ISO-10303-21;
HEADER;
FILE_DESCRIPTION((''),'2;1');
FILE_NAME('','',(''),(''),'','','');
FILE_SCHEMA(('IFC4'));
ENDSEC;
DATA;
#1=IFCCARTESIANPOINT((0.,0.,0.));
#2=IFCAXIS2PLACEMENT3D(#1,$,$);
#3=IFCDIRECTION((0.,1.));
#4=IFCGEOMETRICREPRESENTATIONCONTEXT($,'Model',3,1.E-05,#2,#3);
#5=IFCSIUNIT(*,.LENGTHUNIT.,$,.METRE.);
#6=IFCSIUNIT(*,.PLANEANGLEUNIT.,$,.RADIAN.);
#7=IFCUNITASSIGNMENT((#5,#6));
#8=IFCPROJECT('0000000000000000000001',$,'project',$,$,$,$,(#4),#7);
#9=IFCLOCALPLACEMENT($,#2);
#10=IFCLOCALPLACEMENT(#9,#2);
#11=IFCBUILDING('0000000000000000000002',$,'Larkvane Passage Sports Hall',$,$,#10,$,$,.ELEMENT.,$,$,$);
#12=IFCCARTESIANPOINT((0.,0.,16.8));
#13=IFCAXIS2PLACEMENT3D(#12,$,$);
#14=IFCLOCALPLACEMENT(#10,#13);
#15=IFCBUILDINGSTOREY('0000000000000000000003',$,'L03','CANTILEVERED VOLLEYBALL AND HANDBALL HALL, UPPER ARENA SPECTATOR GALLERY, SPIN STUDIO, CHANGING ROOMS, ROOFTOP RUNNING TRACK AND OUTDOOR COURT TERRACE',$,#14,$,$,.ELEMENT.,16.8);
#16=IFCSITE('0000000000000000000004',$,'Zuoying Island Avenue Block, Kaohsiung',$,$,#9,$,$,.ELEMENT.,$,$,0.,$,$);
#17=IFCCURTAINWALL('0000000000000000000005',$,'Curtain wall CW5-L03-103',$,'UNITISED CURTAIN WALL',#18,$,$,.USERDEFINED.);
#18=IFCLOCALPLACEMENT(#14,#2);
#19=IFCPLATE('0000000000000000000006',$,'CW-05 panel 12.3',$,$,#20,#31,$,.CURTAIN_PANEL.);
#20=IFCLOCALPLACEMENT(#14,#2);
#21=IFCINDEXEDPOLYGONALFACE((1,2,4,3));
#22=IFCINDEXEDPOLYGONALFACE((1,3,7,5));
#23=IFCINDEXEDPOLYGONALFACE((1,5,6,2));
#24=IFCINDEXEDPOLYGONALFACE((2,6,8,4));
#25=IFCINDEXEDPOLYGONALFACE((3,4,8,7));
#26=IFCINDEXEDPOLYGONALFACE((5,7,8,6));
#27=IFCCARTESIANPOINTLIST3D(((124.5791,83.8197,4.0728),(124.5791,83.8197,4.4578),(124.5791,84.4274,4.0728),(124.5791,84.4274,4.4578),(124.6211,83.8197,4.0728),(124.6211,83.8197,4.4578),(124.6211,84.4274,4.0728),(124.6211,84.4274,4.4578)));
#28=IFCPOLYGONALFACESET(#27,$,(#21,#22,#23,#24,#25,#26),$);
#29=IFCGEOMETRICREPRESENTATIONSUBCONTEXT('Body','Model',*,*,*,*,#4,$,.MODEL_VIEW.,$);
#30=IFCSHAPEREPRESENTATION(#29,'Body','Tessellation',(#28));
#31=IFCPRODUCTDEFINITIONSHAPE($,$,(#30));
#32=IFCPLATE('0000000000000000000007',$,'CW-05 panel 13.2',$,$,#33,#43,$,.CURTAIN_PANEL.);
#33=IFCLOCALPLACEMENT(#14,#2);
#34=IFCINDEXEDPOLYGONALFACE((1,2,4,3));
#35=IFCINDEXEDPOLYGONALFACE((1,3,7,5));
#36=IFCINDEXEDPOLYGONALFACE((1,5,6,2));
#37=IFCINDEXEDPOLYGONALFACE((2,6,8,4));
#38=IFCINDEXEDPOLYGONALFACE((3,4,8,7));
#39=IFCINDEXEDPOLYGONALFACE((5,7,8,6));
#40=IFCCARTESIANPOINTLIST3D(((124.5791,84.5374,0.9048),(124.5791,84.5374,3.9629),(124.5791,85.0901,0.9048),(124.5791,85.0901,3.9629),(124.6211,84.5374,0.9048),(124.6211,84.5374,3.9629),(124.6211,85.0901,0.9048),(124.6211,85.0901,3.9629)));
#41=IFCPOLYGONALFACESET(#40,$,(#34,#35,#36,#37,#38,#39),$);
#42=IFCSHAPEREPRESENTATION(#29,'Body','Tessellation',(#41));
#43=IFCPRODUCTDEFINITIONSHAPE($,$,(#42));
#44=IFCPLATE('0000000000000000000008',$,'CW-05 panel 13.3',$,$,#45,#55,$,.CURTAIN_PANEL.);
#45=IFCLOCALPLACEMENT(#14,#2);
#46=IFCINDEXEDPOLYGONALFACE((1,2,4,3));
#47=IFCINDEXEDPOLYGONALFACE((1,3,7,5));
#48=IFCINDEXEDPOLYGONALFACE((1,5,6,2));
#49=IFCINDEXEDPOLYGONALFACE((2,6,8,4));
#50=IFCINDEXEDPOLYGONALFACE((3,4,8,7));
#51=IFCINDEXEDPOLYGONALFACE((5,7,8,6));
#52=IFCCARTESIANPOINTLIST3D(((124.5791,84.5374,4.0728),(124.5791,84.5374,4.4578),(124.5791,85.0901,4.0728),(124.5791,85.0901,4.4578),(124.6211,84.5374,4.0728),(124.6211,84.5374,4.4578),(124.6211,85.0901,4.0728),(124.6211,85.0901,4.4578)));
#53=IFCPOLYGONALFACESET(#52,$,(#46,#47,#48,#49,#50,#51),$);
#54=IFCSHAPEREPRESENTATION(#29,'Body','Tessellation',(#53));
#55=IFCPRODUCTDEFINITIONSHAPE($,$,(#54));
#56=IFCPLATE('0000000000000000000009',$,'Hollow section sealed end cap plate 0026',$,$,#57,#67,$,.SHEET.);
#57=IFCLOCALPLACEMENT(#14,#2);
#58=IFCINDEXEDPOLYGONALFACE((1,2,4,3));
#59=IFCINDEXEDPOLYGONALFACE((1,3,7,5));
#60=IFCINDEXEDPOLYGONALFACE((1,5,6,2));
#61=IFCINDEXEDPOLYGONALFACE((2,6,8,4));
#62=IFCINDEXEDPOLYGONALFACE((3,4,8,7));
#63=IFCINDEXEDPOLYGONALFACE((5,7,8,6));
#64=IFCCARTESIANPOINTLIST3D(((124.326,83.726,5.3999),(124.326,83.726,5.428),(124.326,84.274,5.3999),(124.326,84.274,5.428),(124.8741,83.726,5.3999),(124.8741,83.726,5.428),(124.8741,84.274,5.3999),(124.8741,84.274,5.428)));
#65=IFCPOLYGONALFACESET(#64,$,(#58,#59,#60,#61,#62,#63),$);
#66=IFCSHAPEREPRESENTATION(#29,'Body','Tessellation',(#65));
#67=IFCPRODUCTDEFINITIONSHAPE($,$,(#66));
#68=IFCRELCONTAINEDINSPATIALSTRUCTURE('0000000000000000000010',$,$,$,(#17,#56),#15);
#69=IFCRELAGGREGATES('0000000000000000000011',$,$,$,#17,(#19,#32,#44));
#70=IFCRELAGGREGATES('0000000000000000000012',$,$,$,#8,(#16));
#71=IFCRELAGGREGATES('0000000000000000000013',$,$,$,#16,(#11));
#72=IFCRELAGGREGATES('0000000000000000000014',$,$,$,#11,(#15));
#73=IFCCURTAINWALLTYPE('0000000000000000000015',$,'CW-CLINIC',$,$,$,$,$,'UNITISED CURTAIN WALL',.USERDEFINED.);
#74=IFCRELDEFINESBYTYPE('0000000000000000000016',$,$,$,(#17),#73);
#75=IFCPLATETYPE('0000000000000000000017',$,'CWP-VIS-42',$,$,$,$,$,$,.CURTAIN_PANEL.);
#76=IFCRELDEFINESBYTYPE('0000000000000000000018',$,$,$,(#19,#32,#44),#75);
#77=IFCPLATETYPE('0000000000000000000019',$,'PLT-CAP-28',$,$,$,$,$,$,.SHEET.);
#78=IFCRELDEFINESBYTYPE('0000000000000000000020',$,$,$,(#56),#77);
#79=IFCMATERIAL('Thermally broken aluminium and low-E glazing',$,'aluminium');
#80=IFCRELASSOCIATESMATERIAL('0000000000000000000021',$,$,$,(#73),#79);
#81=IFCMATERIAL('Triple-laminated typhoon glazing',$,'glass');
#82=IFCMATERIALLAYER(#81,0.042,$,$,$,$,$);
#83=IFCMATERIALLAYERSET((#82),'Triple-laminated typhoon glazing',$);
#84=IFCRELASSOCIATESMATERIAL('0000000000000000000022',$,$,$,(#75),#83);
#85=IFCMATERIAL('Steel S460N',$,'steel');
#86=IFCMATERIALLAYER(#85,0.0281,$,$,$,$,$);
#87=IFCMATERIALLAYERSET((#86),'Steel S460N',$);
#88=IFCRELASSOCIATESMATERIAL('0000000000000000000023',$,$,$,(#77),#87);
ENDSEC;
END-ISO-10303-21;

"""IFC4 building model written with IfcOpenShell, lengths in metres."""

from ifc_helpers import new_model, si_unit, direction, frame, origin, origin_2d, place, context, subcontext, project, spatial, rectangle, extrude, material, layer, layer_set, type_object, element, aggregate, save


model = new_model("IFC4")

# Units and contexts
model_context = context("Model", 3, precision=1e-05, world=origin(), true_north=direction((0.0, 1.0)))
body_context = subcontext(model_context, "Body", "Model", "MODEL_VIEW")
ifc_project = project(units=[si_unit("LENGTHUNIT", "METRE"), si_unit("PLANEANGLEUNIT", "RADIAN")], contexts=[model_context])

# Site, building, storey
site_placement = place(None, origin())
site = spatial("IfcSite", under=ifc_project, at=site_placement, Name="Zuoying Island Avenue Block, Kaohsiung", CompositionType="ELEMENT", RefElevation=0.0)
building_placement = place(site_placement, origin())
building = spatial("IfcBuilding", under=site, at=building_placement, Name="Larkvane Passage Sports Hall", CompositionType="ELEMENT")
storey_placement = place(building_placement, frame((0.0, 0.0, 16.8)))
storey = spatial("IfcBuildingStorey", under=building, at=storey_placement, Name="L03", Description="CANTILEVERED VOLLEYBALL AND HANDBALL HALL, UPPER ARENA SPECTATOR GALLERY, SPIN STUDIO, CHANGING ROOMS, ROOFTOP RUNNING TRACK AND OUTDOOR COURT TERRACE", CompositionType="ELEMENT", Elevation=16.8)

# Curtain wall
ifc_material_1 = material(Name="Thermally broken aluminium and low-E glazing", Category="aluminium")
curtain_wall_type_1 = type_object("IfcCurtainWallType", Name="CW-CLINIC", ElementType="UNITISED CURTAIN WALL", PredefinedType="USERDEFINED", material=ifc_material_1)
curtain_wall_1_placement = place(storey_placement, origin())
curtain_wall_1 = element("IfcCurtainWall", 1, at=curtain_wall_1_placement, inside=storey, type_object=curtain_wall_type_1, Name="Curtain wall CW5-L03-103", ObjectType="UNITISED CURTAIN WALL", PredefinedType="USERDEFINED")

# Plates
ifc_material_2 = material(Name="Triple-laminated typhoon glazing", Category="glass")
ifc_layer_1 = layer(ifc_material_2, 0.042)
ifc_layer_set_1 = layer_set([ifc_layer_1], Name="Triple-laminated typhoon glazing")
plate_type_1 = type_object("IfcPlateType", Name="CWP-VIS-42", PredefinedType="CURTAIN_PANEL", material=ifc_layer_set_1)
plate_1_placement = place(storey_placement, frame((124.6001, 84.1235, 4.0728), z_axis=(0.0, 0.0, 1.0), x_axis=(0.0, 1.0, 0.0)))
plate_1 = element("IfcPlate", 2, at=plate_1_placement, type_object=plate_type_1, Name="CW-05 panel 12.3", PredefinedType="CURTAIN_PANEL", context=body_context, shape_type="SweptSolid", body=[
    extrude(rectangle(XDim=0.6077, YDim=0.042, at=origin_2d()), origin(), (0.0, 0.0, 1.0), 0.385),
])
plate_2_placement = place(storey_placement, frame((124.6001, 84.8137, 0.9048), z_axis=(0.0, 0.0, 1.0), x_axis=(0.0, 1.0, 0.0)))
plate_2 = element("IfcPlate", 3, at=plate_2_placement, type_object=plate_type_1, Name="CW-05 panel 13.2", PredefinedType="CURTAIN_PANEL", context=body_context, shape_type="SweptSolid", body=[
    extrude(rectangle(XDim=0.5527, YDim=0.042, at=origin_2d()), origin(), (0.0, 0.0, 1.0), 3.0581),
])
plate_3_placement = place(storey_placement, frame((124.6001, 84.8137, 4.0728), z_axis=(0.0, 0.0, 1.0), x_axis=(0.0, 1.0, 0.0)))
plate_3 = element("IfcPlate", 4, at=plate_3_placement, type_object=plate_type_1, Name="CW-05 panel 13.3", PredefinedType="CURTAIN_PANEL", context=body_context, shape_type="SweptSolid", body=[
    extrude(rectangle(XDim=0.5527, YDim=0.042, at=origin_2d()), origin(), (0.0, 0.0, 1.0), 0.385),
])
aggregate(curtain_wall_1, [plate_1, plate_2, plate_3])
ifc_material_3 = material(Name="Steel S460N", Category="steel")
ifc_layer_2 = layer(ifc_material_3, 0.0281)
ifc_layer_set_2 = layer_set([ifc_layer_2], Name="Steel S460N")
plate_type_2 = type_object("IfcPlateType", Name="PLT-CAP-28", PredefinedType="SHEET", material=ifc_layer_set_2)
plate_4_placement = place(storey_placement, frame((124.6001, 84.0, 5.3999), z_axis=(0.0, 0.0, 1.0), x_axis=(1.0, 0.0, 0.0)))
element("IfcPlate", 5, at=plate_4_placement, inside=storey, type_object=plate_type_2, Name="Hollow section sealed end cap plate 0026", PredefinedType="SHEET", context=body_context, shape_type="SweptSolid", body=[
    extrude(rectangle(XDim=0.5481, YDim=0.5481, at=origin_2d()), origin(), (0.0, 0.0, 1.0), 0.0281),
])

save(model, "model.ifc")
